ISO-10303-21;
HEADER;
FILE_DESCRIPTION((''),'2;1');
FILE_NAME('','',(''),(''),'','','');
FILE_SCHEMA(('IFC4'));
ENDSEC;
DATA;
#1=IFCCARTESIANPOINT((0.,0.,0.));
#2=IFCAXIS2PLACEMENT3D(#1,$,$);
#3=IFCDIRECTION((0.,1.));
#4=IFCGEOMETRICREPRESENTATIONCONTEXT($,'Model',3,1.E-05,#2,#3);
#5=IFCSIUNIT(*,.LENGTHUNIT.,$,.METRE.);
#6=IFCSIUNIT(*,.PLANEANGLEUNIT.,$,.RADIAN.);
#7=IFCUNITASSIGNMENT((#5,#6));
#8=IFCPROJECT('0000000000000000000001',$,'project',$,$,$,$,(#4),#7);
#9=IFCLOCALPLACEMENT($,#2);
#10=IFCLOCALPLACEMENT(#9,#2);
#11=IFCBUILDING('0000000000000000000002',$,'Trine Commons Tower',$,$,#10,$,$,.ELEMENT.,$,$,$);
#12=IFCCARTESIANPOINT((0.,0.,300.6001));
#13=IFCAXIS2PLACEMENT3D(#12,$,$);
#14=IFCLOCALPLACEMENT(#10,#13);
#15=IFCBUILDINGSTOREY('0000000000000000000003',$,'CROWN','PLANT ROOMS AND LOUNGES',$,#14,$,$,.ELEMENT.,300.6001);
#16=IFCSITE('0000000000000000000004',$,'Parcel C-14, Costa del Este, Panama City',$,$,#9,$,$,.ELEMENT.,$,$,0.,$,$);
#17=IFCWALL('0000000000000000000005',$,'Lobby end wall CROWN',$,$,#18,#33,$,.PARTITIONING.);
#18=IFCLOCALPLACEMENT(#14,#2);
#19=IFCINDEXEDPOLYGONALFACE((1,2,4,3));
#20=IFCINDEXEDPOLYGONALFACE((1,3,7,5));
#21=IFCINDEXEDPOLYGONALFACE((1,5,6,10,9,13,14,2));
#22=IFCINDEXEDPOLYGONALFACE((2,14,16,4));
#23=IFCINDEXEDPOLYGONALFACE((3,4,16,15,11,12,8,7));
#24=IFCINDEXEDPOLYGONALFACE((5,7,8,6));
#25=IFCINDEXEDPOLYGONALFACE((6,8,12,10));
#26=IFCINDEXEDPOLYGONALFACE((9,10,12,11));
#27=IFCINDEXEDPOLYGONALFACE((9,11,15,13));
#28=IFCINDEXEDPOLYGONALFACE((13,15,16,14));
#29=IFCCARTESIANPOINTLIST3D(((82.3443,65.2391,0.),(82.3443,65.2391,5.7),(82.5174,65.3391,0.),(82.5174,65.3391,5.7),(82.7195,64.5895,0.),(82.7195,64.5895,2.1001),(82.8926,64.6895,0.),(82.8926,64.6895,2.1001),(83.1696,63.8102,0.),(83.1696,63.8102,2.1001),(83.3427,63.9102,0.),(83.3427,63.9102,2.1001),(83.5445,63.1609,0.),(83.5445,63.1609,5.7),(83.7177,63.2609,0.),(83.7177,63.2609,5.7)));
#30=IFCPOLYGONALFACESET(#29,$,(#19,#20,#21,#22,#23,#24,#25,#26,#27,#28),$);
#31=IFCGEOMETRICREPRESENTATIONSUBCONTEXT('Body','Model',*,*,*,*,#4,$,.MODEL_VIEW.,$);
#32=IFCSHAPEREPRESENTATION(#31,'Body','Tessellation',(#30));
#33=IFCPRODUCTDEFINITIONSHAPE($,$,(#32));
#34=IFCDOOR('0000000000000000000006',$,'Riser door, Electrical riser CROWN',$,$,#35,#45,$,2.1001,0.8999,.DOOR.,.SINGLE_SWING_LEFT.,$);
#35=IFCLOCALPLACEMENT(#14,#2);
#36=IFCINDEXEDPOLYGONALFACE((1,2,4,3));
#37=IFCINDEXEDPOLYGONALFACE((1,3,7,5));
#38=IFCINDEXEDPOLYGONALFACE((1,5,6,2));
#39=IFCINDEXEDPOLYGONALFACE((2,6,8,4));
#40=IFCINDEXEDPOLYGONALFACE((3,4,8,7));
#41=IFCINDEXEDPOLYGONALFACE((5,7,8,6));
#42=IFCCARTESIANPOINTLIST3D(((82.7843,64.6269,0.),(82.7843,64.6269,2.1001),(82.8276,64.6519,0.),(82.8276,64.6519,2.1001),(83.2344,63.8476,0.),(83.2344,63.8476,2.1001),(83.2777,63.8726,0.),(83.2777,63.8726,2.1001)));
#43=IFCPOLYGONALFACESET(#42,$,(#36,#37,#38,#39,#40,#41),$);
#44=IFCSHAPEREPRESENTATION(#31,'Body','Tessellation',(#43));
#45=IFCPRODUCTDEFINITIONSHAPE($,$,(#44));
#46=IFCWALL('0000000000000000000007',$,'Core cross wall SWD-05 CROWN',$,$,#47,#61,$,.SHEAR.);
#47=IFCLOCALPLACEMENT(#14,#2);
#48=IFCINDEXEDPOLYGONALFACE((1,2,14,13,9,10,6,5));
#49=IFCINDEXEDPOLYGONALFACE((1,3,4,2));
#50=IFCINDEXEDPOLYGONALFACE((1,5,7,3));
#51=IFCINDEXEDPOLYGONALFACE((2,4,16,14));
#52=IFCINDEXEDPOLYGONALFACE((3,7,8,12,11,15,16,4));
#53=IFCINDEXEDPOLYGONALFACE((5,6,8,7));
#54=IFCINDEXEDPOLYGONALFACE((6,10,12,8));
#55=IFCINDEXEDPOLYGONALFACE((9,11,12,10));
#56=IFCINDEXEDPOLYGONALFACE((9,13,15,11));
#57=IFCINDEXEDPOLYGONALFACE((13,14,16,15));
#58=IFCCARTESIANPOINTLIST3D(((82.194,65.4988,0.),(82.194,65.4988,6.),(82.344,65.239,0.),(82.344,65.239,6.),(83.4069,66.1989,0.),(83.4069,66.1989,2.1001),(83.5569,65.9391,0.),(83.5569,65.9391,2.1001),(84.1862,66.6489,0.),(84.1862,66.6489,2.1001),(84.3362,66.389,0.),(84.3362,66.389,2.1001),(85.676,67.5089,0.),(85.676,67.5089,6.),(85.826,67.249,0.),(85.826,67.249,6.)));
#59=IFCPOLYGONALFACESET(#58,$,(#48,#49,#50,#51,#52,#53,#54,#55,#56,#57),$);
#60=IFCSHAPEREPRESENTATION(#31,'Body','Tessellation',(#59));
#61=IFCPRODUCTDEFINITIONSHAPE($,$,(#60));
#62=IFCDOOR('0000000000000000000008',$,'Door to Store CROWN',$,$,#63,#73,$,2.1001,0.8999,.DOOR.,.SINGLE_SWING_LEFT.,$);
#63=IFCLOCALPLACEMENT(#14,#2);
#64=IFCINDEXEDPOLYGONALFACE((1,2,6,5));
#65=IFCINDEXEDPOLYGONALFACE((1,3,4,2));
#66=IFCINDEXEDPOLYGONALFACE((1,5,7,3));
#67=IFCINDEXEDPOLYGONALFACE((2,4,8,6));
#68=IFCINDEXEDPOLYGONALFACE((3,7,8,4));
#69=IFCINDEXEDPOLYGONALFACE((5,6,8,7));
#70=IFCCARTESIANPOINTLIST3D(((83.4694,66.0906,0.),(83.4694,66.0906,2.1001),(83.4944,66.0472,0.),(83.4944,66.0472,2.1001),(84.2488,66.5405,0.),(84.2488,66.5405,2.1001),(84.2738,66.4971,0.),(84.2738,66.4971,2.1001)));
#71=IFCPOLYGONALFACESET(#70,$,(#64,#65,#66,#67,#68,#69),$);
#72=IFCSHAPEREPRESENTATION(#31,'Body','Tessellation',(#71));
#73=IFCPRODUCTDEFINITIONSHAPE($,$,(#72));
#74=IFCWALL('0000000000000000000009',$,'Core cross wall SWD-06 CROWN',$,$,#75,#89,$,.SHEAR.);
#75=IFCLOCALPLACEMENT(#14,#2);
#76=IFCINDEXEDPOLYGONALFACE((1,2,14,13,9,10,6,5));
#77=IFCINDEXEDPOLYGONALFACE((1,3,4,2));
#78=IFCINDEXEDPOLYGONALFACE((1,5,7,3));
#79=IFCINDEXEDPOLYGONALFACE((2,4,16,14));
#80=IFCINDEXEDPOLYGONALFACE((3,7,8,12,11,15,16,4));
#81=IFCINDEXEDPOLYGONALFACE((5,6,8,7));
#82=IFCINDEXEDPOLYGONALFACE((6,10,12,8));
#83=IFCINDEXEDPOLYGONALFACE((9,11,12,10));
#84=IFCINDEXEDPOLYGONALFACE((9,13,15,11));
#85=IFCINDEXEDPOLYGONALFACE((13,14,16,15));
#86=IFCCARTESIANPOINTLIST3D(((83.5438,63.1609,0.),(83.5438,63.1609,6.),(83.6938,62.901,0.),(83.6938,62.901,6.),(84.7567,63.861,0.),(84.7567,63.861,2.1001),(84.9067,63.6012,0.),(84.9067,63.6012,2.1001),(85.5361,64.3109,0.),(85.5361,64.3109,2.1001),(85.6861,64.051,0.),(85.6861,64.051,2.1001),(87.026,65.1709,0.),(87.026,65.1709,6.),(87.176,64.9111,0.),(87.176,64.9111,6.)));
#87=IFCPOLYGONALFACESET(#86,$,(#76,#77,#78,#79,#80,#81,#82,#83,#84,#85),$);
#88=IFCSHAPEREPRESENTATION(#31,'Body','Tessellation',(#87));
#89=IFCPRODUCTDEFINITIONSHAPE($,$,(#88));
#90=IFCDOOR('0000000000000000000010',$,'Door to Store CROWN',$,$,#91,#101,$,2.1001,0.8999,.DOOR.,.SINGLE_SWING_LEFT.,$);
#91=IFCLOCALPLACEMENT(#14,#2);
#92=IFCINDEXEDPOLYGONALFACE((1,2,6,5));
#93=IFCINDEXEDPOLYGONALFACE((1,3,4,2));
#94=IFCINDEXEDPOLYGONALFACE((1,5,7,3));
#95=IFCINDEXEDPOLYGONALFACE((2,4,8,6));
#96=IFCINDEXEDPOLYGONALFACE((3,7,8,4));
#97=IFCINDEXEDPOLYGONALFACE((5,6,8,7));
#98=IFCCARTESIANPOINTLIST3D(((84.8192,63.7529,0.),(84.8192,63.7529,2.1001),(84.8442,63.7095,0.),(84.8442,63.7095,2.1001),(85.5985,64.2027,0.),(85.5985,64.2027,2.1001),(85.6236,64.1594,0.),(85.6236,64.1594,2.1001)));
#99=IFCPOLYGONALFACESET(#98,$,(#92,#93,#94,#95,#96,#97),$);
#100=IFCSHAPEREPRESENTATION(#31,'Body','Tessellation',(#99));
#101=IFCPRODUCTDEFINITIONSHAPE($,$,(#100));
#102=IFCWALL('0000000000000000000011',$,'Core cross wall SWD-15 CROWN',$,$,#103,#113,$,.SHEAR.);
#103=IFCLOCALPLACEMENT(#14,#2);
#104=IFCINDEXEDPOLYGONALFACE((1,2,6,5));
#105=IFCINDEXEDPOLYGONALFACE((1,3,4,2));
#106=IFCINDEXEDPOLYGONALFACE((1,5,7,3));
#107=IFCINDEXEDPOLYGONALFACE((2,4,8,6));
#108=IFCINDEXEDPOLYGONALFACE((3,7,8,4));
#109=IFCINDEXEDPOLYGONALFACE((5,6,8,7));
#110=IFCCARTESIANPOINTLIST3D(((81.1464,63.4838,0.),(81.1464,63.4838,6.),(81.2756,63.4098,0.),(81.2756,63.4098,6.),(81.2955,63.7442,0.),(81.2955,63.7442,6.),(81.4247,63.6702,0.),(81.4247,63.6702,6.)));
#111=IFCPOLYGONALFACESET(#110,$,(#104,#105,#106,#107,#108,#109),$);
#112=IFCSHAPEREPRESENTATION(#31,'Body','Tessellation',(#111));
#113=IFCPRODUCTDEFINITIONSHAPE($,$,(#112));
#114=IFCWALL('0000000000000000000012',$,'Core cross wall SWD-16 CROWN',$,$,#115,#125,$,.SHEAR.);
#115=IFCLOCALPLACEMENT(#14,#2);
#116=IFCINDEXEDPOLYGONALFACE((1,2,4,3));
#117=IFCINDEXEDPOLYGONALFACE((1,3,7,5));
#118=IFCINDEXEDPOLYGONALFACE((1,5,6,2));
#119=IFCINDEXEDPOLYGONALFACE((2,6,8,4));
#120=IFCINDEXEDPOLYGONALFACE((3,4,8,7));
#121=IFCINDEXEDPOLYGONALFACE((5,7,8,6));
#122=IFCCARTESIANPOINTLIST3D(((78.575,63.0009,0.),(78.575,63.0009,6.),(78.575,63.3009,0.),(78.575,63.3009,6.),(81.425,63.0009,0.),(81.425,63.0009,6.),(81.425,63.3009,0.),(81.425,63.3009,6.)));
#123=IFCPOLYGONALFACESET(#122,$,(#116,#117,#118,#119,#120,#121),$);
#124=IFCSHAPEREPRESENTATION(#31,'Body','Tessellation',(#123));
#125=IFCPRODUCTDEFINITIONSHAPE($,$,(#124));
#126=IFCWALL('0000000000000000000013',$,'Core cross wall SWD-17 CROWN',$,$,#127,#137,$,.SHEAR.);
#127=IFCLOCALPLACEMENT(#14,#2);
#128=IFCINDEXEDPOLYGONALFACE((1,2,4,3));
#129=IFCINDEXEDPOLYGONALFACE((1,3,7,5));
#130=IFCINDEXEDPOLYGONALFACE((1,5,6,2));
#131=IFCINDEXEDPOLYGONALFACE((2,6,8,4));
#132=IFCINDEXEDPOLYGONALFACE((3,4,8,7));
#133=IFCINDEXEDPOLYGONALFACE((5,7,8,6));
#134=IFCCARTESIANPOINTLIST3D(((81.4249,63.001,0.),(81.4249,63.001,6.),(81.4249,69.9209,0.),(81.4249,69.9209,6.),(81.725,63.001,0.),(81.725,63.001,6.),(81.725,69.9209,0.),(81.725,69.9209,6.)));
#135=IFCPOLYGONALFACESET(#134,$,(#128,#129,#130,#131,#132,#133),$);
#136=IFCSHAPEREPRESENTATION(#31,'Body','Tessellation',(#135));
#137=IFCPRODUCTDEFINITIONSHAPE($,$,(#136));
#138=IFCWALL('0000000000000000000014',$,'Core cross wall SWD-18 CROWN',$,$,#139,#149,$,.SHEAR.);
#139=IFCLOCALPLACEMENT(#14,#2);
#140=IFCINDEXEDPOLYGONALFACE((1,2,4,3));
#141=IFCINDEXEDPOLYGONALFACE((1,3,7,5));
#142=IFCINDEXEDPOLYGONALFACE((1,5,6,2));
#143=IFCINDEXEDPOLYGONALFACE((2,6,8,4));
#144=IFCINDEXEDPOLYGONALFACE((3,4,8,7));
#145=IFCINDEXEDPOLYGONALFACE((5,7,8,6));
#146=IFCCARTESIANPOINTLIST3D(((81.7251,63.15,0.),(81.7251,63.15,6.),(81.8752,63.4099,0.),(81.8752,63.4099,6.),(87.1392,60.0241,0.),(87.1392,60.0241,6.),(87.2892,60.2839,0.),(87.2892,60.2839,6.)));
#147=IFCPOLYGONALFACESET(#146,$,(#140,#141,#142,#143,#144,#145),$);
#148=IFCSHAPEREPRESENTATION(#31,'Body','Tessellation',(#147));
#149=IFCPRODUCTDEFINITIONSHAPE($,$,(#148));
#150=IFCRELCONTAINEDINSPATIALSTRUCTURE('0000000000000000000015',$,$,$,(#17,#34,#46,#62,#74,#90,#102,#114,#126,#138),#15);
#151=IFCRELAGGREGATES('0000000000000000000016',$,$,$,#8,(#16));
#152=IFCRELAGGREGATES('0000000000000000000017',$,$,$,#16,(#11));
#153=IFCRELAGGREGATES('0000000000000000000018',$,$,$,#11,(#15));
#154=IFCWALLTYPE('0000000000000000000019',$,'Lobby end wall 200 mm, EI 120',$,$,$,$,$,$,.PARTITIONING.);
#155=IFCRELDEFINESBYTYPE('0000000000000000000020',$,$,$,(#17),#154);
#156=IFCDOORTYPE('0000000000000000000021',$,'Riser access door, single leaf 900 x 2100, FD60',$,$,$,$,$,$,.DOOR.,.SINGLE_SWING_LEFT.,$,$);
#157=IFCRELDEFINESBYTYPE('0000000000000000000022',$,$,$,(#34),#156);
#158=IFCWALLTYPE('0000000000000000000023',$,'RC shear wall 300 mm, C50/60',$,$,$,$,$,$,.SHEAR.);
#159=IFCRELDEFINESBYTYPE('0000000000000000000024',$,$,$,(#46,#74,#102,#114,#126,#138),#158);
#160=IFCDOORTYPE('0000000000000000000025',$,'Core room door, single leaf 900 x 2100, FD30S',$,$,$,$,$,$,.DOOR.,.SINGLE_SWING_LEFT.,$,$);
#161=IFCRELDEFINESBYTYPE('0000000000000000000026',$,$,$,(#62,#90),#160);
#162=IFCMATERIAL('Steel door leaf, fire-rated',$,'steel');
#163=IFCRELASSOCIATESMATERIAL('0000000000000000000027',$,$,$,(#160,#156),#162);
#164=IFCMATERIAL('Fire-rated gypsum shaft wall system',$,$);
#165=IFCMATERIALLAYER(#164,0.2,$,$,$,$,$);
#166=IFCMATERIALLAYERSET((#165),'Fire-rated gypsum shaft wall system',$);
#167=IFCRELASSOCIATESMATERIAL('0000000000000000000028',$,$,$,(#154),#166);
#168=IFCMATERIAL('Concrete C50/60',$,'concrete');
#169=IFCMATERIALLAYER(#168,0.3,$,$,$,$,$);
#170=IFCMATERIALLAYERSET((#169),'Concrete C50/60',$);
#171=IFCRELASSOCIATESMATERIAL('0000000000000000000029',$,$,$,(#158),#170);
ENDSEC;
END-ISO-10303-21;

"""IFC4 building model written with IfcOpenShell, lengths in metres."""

from ifc_helpers import new_model, si_unit, direction, frame, frame_2d, origin, place, context, subcontext, project, spatial, rectangle, extrude, material, layer, layer_set, type_object, element, fill, save


model = new_model("IFC4")

# Units and contexts
model_context = context("Model", 3, precision=1e-05, world=origin(), true_north=direction((0.0, 1.0)))
body_context = subcontext(model_context, "Body", "Model", "MODEL_VIEW")
ifc_project = project(units=[si_unit("LENGTHUNIT", "METRE"), si_unit("PLANEANGLEUNIT", "RADIAN")], contexts=[model_context])

# Site, building, storey
site_placement = place(None, origin())
site = spatial("IfcSite", under=ifc_project, at=site_placement, Name="Parcel C-14, Costa del Este, Panama City", CompositionType="ELEMENT", RefElevation=0.0)
building_placement = place(site_placement, origin())
building = spatial("IfcBuilding", under=site, at=building_placement, Name="Trine Commons Tower", CompositionType="ELEMENT")
storey_placement = place(building_placement, frame((0.0, 0.0, 300.6001)))
storey = spatial("IfcBuildingStorey", under=building, at=storey_placement, Name="CROWN", Description="PLANT ROOMS AND LOUNGES", CompositionType="ELEMENT", Elevation=300.6001)

# Shared definitions
ifc_material_1 = material(Name="Steel door leaf, fire-rated", Category="steel")
door_type_1 = type_object("IfcDoorType", Name="Core room door, single leaf 900 x 2100, FD30S", OperationType="SINGLE_SWING_LEFT", PredefinedType="DOOR", material=ifc_material_1)

# Walls, openings, doors
ifc_material_2 = material(Name="Fire-rated gypsum shaft wall system")
ifc_layer_1 = layer(ifc_material_2, 0.2)
ifc_layer_set_1 = layer_set([ifc_layer_1], Name="Fire-rated gypsum shaft wall system")
wall_type_1 = type_object("IfcWallType", Name="Lobby end wall 200 mm, EI 120", PredefinedType="PARTITIONING", material=ifc_layer_set_1)
wall_1_placement = place(storey_placement, frame((83.6311, 63.2109, 0.0), z_axis=(0.0, 0.0, 1.0), x_axis=(-0.500122, 0.865955, 0.0)))
wall_1 = element("IfcWall", 1, at=wall_1_placement, inside=storey, type_object=wall_type_1, Name="Lobby end wall CROWN", PredefinedType="PARTITIONING", context=body_context, shape_type="SweptSolid", body=[
    extrude(rectangle(XDim=2.3999, YDim=0.2, at=frame_2d((1.2, 0.0))), origin(), (0.0, 0.0, 1.0), 5.7),
])
opening_1_placement = place(wall_1_placement, frame((0.7498, 0.0, 0.0)))
opening_1 = element("IfcOpeningElement", 2, at=opening_1_placement, cuts=wall_1, PredefinedType="OPENING", context=body_context, shape_type="SweptSolid", body=[
    extrude(rectangle(XDim=0.8999, YDim=2.1001, at=frame_2d((0.45, 1.05))), frame((0.0, 0.1099, 0.0), z_axis=(0.0, -1.0, 0.0), x_axis=(1.0, 0.0, 0.0)), (0.0, 0.0, 1.0), 0.22),
])
door_type_2 = type_object("IfcDoorType", Name="Riser access door, single leaf 900 x 2100, FD60", OperationType="SINGLE_SWING_LEFT", PredefinedType="DOOR", material=ifc_material_1)
door_1_placement = place(opening_1_placement, frame((0.8999, 0.0, 0.0), z_axis=(0.0, 0.0, 1.0), x_axis=(-1.0, 0.0, 0.0)))
door_1 = element("IfcDoor", 3, at=door_1_placement, inside=storey, type_object=door_type_2, Name="Riser door, Electrical riser CROWN", OperationType="SINGLE_SWING_LEFT", OverallHeight=2.1001, OverallWidth=0.8999, PredefinedType="DOOR", context=body_context, shape_type="SweptSolid", body=[
    extrude(rectangle(XDim=0.8999, YDim=2.1001, at=frame_2d((0.45, 1.05))), frame((0.0, 0.0249, 0.0), z_axis=(0.0, -1.0, 0.0), x_axis=(1.0, 0.0, 0.0)), (0.0, 0.0, 1.0), 0.05),
])
fill(opening_1, door_1)
ifc_material_3 = material(Name="Concrete C50/60", Category="concrete")
ifc_layer_2 = layer(ifc_material_3, 0.3)
ifc_layer_set_2 = layer_set([ifc_layer_2], Name="Concrete C50/60")
wall_type_2 = type_object("IfcWallType", Name="RC shear wall 300 mm, C50/60", PredefinedType="SHEAR", material=ifc_layer_set_2)
wall_2_placement = place(storey_placement, frame((82.269, 65.3689, 0.0), z_axis=(0.0, 0.0, 1.0), x_axis=(0.866056, 0.499947, 0.0)))
wall_2 = element("IfcWall", 4, at=wall_2_placement, inside=storey, type_object=wall_type_2, Name="Core cross wall SWD-05 CROWN", PredefinedType="SHEAR", context=body_context, shape_type="SweptSolid", body=[
    extrude(rectangle(XDim=4.0205, YDim=0.3, at=frame_2d((2.0103, 0.0))), origin(), (0.0, 0.0, 1.0), 6.0),
])
opening_2_placement = place(wall_2_placement, frame((1.4004, 0.0, 0.0)))
opening_2 = element("IfcOpeningElement", 5, at=opening_2_placement, cuts=wall_2, PredefinedType="OPENING", context=body_context, shape_type="SweptSolid", body=[
    extrude(rectangle(XDim=0.8999, YDim=2.1001, at=frame_2d((0.45, 1.05))), frame((0.0, 0.1599, 0.0), z_axis=(0.0, -1.0, 0.0), x_axis=(1.0, 0.0, 0.0)), (0.0, 0.0, 1.0), 0.3201),
])
door_2_placement = place(opening_2_placement, origin())
door_2 = element("IfcDoor", 6, at=door_2_placement, inside=storey, type_object=door_type_1, Name="Door to Store CROWN", OperationType="SINGLE_SWING_LEFT", OverallHeight=2.1001, OverallWidth=0.8999, PredefinedType="DOOR", context=body_context, shape_type="SweptSolid", body=[
    extrude(rectangle(XDim=0.8999, YDim=2.1001, at=frame_2d((0.45, 1.05))), frame((0.0, 0.0249, 0.0), z_axis=(0.0, -1.0, 0.0), x_axis=(1.0, 0.0, 0.0)), (0.0, 0.0, 1.0), 0.05),
])
fill(opening_2, door_2)
wall_3_placement = place(storey_placement, frame((83.6189, 63.031, 0.0), z_axis=(0.0, 0.0, 1.0), x_axis=(0.866071, 0.49992, 0.0)))
wall_3 = element("IfcWall", 7, at=wall_3_placement, inside=storey, type_object=wall_type_2, Name="Core cross wall SWD-06 CROWN", PredefinedType="SHEAR", context=body_context, shape_type="SweptSolid", body=[
    extrude(rectangle(XDim=4.0208, YDim=0.3, at=frame_2d((2.0103, 0.0))), origin(), (0.0, 0.0, 1.0), 6.0),
])
opening_3_placement = place(wall_3_placement, frame((1.4004, 0.0, 0.0)))
opening_3 = element("IfcOpeningElement", 8, at=opening_3_placement, cuts=wall_3, PredefinedType="OPENING", context=body_context, shape_type="SweptSolid", body=[
    extrude(rectangle(XDim=0.8999, YDim=2.1001, at=frame_2d((0.45, 1.05))), frame((0.0, 0.1599, 0.0), z_axis=(0.0, -1.0, 0.0), x_axis=(1.0, 0.0, 0.0)), (0.0, 0.0, 1.0), 0.3201),
])
door_3_placement = place(opening_3_placement, frame((0.8999, 0.0, 0.0), z_axis=(0.0, 0.0, 1.0), x_axis=(-1.0, 0.0, 0.0)))
door_3 = element("IfcDoor", 9, at=door_3_placement, inside=storey, type_object=door_type_1, Name="Door to Store CROWN", OperationType="SINGLE_SWING_LEFT", OverallHeight=2.1001, OverallWidth=0.8999, PredefinedType="DOOR", context=body_context, shape_type="SweptSolid", body=[
    extrude(rectangle(XDim=0.8999, YDim=2.1001, at=frame_2d((0.45, 1.05))), frame((0.0, 0.0249, 0.0), z_axis=(0.0, -1.0, 0.0), x_axis=(1.0, 0.0, 0.0)), (0.0, 0.0, 1.0), 0.05),
])
fill(opening_3, door_3)

# Walls
wall_4_placement = place(storey_placement, frame((81.2209, 63.614, 0.0), z_axis=(0.0, 0.0, 1.0), x_axis=(0.867738, -0.497022, 0.0)))
element("IfcWall", 10, at=wall_4_placement, inside=storey, type_object=wall_type_2, Name="Core cross wall SWD-15 CROWN", PredefinedType="SHEAR", context=body_context, shape_type="SweptSolid", body=[
    extrude(rectangle(XDim=0.1489, YDim=0.3, at=frame_2d((0.0745, 0.0))), origin(), (0.0, 0.0, 1.0), 6.0),
])
wall_5_placement = place(storey_placement, frame((81.425, 63.1509, 0.0), z_axis=(0.0, 0.0, 1.0), x_axis=(-1.0, 0.0, 0.0)))
element("IfcWall", 11, at=wall_5_placement, inside=storey, type_object=wall_type_2, Name="Core cross wall SWD-16 CROWN", PredefinedType="SHEAR", context=body_context, shape_type="SweptSolid", body=[
    extrude(rectangle(XDim=2.8501, YDim=0.3, at=frame_2d((1.425, 0.0))), origin(), (0.0, 0.0, 1.0), 6.0),
])
wall_6_placement = place(storey_placement, frame((81.575, 63.001, 0.0), z_axis=(0.0, 0.0, 1.0), x_axis=(0.0, 1.0, 0.0)))
element("IfcWall", 12, at=wall_6_placement, inside=storey, type_object=wall_type_2, Name="Core cross wall SWD-17 CROWN", PredefinedType="SHEAR", context=body_context, shape_type="SweptSolid", body=[
    extrude(rectangle(XDim=6.9199, YDim=0.3, at=frame_2d((3.46, 0.0))), origin(), (0.0, 0.0, 1.0), 6.0),
])
wall_7_placement = place(storey_placement, frame((81.8, 63.28, 0.0), z_axis=(0.0, 0.0, 1.0), x_axis=(0.866014, -0.50002, 0.0)))
element("IfcWall", 13, at=wall_7_placement, inside=storey, type_object=wall_type_2, Name="Core cross wall SWD-18 CROWN", PredefinedType="SHEAR", context=body_context, shape_type="SweptSolid", body=[
    extrude(rectangle(XDim=6.2517, YDim=0.3, at=frame_2d((3.126, 0.0))), origin(), (0.0, 0.0, 1.0), 6.0),
])

save(model, "model.ifc")
